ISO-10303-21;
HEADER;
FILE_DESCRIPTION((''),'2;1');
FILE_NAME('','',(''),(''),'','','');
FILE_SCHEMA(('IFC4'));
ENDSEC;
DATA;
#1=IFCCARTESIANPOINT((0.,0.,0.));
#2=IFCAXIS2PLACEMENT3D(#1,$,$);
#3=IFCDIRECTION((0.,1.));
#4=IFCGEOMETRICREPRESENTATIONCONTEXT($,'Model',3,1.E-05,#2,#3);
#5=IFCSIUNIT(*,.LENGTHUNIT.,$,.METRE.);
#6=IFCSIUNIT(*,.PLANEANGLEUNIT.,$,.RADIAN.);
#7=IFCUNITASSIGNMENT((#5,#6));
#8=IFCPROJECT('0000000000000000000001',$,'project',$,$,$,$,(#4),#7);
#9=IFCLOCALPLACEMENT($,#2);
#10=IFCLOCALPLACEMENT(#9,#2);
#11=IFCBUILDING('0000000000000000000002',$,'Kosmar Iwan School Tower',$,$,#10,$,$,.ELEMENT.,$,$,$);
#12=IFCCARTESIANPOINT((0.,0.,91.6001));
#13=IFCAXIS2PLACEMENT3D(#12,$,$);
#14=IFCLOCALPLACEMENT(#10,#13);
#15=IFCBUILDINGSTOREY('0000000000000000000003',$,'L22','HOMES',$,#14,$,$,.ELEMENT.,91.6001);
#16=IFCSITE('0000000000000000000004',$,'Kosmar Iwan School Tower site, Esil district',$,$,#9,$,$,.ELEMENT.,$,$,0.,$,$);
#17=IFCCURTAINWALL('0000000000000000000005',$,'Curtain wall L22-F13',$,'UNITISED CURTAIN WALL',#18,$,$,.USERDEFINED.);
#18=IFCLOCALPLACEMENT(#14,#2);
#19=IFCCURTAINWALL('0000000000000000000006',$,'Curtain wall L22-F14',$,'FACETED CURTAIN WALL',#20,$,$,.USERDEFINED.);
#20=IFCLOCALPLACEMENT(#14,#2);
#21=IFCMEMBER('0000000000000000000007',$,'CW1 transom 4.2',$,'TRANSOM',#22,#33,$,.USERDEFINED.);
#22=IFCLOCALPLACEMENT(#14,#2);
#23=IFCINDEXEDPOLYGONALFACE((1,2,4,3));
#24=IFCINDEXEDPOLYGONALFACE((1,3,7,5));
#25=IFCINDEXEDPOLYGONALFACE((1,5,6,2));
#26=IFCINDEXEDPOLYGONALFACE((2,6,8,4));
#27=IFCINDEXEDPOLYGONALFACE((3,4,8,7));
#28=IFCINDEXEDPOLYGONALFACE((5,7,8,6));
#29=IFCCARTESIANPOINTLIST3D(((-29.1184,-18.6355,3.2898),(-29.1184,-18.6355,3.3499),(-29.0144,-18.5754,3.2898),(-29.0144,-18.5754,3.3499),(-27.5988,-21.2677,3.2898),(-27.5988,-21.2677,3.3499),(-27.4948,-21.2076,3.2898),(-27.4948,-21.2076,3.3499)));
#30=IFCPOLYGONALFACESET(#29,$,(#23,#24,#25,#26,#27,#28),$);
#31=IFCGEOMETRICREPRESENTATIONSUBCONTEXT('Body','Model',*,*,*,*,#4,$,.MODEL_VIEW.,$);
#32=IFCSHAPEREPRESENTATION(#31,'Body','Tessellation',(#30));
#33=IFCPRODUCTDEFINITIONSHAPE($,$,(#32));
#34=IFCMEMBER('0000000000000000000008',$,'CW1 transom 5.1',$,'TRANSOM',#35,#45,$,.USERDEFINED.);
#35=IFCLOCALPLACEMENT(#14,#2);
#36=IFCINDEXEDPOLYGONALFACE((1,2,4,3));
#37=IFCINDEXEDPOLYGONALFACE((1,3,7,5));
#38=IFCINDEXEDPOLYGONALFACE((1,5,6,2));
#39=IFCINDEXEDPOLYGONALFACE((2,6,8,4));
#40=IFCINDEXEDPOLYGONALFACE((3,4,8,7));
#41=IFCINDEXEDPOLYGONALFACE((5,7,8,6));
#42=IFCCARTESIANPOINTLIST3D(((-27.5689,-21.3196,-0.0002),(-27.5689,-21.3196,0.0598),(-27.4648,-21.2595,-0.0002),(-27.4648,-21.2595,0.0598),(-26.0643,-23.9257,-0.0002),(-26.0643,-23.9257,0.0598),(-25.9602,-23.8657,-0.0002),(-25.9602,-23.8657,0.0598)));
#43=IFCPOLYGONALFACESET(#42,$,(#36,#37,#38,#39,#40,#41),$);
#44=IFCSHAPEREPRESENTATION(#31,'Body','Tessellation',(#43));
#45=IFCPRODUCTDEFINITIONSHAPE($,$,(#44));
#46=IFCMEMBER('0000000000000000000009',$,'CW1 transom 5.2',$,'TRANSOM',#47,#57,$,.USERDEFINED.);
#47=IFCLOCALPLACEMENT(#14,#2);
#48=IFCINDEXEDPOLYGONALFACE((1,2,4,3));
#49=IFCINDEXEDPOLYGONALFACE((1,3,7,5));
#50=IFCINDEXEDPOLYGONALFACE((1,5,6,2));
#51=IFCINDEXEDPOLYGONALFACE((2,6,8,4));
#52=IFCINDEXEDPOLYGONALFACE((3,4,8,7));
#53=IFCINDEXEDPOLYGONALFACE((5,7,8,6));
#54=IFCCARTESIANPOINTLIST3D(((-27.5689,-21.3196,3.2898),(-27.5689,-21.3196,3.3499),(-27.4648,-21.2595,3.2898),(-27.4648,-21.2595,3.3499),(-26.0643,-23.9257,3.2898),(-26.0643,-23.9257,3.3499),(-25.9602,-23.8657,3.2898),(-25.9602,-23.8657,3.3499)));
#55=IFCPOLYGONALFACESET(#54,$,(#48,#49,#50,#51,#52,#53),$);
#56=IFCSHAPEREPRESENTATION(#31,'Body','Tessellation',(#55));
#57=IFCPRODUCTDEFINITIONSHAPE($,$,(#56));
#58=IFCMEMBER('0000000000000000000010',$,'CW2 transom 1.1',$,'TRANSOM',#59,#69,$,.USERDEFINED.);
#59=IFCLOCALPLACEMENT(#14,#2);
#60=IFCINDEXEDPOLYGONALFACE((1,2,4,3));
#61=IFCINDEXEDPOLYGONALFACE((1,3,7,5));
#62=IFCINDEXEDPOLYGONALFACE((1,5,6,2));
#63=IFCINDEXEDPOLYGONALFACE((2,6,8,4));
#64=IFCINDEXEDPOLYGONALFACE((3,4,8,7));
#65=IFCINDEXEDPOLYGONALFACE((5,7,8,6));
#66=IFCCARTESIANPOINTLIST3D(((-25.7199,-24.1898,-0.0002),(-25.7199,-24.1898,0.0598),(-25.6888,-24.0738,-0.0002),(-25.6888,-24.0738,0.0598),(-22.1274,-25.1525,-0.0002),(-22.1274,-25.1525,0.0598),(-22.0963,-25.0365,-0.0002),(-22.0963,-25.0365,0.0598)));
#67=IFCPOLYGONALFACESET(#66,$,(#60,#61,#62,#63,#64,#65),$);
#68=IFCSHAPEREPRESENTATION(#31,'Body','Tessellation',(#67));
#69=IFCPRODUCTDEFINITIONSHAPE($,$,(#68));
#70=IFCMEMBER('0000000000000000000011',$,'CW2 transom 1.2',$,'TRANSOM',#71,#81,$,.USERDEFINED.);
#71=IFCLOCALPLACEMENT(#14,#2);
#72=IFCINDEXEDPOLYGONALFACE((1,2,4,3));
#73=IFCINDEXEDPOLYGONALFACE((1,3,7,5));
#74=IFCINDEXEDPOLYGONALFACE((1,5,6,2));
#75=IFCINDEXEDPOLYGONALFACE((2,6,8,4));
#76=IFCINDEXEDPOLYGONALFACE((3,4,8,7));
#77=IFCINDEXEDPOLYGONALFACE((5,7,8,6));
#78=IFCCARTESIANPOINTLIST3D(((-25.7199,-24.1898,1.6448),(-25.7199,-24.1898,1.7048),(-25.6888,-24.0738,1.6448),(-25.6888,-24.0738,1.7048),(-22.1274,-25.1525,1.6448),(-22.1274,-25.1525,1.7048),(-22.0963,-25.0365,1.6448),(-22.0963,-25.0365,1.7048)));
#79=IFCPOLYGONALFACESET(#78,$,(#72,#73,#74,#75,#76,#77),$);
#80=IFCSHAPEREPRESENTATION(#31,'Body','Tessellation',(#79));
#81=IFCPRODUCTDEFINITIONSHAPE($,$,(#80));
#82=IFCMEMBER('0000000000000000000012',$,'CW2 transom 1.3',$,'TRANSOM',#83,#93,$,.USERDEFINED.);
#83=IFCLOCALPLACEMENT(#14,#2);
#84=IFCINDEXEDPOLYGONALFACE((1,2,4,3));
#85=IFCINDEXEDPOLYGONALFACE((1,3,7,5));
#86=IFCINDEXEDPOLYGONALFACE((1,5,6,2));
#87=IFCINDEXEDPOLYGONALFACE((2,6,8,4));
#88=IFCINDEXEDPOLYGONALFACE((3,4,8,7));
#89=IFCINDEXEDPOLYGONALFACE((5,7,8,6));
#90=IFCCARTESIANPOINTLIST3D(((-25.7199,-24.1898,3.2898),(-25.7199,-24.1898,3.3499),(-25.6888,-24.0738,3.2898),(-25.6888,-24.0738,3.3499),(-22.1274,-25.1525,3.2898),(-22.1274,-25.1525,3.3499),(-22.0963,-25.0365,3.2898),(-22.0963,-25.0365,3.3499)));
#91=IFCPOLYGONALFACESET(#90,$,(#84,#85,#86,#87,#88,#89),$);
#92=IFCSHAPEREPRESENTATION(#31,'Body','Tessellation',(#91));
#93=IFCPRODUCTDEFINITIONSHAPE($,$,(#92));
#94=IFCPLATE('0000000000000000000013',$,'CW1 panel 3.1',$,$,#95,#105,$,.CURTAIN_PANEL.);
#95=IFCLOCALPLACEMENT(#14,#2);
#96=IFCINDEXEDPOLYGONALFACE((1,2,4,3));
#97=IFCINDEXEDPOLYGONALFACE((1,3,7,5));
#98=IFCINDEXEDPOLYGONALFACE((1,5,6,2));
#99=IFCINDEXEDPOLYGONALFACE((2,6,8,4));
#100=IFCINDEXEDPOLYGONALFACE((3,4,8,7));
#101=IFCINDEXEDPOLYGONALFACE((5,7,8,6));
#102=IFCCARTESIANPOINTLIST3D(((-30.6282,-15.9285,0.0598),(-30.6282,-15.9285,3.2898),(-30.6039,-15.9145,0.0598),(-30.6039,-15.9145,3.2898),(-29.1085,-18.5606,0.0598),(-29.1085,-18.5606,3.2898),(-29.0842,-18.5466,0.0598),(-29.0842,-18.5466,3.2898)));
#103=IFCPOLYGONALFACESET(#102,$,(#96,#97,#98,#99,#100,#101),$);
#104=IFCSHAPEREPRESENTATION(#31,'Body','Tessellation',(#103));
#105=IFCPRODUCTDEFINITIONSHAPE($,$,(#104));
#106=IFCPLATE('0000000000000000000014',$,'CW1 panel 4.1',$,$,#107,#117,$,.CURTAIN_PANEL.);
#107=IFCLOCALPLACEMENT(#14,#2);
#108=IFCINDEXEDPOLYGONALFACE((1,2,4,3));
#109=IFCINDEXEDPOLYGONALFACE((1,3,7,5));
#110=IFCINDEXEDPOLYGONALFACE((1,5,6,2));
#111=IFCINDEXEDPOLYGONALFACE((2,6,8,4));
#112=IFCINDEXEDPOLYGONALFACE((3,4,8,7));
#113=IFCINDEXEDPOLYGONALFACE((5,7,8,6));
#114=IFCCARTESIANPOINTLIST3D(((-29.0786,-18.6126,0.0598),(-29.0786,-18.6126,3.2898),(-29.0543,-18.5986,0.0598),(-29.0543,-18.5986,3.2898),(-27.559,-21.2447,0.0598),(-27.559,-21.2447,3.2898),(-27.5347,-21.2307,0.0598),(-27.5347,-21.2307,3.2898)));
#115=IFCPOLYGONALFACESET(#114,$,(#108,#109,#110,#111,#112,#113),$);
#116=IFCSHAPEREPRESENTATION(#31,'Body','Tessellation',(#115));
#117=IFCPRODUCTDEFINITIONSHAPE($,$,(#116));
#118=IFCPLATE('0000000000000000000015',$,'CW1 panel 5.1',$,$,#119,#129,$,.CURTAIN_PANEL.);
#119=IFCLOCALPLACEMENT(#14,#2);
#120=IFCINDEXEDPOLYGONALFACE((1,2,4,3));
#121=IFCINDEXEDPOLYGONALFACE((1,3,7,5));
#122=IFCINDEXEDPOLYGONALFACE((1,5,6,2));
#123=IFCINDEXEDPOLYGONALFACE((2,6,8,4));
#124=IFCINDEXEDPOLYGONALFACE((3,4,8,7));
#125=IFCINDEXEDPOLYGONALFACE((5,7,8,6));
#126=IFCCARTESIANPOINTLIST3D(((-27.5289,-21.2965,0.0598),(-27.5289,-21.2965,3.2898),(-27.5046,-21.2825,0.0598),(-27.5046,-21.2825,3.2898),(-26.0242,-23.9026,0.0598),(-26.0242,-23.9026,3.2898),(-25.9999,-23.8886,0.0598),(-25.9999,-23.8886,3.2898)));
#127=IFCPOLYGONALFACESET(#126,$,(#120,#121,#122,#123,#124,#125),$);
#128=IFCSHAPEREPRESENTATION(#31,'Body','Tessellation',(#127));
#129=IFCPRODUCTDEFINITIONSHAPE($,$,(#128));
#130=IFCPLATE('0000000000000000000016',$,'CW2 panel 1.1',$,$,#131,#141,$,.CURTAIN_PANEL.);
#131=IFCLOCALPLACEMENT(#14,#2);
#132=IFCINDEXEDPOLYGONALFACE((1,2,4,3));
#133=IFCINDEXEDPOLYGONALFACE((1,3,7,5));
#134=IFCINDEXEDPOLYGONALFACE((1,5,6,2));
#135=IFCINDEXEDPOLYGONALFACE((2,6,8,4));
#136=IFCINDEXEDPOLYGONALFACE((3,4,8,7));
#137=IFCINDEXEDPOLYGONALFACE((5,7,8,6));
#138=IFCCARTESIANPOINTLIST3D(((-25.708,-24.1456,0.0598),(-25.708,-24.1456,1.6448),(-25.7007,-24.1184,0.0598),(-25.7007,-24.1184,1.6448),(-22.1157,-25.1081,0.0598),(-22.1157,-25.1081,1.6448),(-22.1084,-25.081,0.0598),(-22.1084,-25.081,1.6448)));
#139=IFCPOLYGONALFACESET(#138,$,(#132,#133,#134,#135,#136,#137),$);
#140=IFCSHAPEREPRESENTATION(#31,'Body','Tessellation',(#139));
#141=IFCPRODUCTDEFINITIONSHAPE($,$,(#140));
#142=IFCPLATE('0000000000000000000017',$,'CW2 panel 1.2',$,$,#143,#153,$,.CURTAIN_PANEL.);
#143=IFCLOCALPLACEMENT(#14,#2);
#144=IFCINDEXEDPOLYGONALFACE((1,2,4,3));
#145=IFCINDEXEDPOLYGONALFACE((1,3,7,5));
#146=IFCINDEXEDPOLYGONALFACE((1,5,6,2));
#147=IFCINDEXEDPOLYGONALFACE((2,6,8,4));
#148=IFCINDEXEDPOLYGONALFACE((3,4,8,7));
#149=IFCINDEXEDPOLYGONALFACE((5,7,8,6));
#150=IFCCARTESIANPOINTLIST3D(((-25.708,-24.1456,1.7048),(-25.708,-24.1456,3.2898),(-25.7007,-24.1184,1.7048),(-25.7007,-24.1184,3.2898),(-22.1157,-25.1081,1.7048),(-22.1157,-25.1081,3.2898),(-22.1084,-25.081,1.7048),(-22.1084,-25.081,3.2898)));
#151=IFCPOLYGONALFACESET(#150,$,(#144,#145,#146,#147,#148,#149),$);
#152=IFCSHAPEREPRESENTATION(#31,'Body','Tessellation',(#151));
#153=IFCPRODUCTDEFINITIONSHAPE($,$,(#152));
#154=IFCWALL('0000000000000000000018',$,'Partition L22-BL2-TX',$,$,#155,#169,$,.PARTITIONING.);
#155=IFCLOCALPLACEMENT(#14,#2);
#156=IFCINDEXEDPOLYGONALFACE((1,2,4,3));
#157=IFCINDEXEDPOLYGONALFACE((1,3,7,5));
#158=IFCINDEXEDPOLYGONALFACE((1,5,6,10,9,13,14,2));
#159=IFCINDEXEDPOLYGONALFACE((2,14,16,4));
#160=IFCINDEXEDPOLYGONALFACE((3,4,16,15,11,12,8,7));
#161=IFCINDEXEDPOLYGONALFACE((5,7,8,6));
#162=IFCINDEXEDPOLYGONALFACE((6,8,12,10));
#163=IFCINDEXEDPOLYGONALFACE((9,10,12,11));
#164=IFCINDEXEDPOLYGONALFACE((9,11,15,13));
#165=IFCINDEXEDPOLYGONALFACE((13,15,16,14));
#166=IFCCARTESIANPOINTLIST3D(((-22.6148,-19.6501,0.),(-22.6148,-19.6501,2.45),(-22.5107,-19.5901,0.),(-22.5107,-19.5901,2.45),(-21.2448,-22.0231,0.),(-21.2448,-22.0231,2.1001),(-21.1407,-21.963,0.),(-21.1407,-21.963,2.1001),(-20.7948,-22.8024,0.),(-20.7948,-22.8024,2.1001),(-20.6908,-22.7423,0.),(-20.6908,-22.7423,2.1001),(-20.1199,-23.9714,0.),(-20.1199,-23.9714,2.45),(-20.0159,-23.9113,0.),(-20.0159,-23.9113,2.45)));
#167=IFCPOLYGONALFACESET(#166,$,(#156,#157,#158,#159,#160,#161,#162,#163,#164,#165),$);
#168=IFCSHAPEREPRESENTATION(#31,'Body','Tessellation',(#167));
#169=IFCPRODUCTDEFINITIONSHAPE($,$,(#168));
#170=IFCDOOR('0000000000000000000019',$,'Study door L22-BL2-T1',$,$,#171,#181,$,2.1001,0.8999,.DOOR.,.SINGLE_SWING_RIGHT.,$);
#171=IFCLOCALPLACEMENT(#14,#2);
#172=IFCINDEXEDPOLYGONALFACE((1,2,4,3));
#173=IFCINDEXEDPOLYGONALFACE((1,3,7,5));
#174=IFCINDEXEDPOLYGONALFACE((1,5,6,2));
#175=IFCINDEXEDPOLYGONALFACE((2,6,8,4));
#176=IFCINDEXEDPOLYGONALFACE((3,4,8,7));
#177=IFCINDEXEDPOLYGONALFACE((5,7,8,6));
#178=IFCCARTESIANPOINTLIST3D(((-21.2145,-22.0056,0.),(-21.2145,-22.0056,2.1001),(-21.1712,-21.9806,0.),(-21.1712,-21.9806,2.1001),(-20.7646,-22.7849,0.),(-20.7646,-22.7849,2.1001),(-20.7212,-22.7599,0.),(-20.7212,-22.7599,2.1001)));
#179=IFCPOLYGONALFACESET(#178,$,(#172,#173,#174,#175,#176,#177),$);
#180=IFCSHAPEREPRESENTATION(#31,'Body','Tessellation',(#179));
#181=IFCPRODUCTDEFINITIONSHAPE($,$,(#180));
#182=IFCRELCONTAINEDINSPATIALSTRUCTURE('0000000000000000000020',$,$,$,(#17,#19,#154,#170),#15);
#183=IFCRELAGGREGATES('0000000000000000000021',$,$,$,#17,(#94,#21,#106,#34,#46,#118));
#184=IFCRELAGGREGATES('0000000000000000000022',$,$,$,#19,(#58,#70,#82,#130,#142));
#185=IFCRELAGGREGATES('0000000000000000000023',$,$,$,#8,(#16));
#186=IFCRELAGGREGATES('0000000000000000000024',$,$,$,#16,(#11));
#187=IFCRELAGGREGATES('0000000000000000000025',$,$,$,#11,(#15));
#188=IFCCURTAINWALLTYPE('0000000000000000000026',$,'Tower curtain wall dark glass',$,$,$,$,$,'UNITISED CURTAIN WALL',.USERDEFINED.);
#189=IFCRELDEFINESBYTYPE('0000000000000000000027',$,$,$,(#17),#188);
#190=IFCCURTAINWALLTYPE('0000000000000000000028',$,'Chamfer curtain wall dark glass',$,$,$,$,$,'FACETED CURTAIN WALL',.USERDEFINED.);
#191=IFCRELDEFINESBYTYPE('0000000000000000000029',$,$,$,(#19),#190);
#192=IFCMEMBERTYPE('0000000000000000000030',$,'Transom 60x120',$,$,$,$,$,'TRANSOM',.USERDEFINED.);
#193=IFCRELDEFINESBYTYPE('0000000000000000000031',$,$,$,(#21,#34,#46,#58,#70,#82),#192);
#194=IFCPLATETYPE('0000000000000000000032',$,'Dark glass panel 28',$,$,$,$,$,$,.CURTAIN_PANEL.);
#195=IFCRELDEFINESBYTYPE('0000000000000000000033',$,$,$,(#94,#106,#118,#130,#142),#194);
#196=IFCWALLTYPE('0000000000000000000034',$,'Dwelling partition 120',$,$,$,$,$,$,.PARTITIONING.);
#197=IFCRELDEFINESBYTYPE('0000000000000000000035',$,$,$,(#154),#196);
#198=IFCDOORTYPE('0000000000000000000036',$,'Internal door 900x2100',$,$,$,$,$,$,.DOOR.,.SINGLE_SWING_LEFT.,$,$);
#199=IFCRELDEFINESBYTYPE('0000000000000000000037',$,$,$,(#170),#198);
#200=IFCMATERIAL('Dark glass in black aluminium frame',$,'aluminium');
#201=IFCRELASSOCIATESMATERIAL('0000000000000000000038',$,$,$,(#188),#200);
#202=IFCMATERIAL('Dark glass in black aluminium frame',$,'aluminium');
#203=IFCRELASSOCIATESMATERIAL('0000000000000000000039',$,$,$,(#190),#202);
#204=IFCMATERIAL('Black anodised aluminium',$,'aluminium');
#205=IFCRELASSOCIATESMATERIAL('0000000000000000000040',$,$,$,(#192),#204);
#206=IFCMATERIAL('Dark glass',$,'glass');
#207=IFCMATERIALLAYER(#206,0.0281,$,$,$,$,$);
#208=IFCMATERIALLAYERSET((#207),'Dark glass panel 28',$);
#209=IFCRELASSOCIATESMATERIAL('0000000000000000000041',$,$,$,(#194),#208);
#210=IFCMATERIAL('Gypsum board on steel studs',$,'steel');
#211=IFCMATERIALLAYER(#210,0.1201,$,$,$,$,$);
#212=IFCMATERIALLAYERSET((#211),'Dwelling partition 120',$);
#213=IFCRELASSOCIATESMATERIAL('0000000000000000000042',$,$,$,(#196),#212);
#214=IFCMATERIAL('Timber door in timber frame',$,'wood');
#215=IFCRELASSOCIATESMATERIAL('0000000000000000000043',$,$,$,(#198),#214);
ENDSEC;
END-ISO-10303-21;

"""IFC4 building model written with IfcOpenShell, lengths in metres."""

from ifc_helpers import new_model, si_unit, direction, frame, frame_2d, origin, origin_2d, place, context, subcontext, project, spatial, rectangle, extrude, material, layer, layer_set, material_profile, profile_set, type_object, element, fill, aggregate, save


model = new_model("IFC4")

# Units and contexts
model_context = context("Model", 3, precision=1e-05, world=origin(), true_north=direction((0.0, 1.0)))
body_context = subcontext(model_context, "Body", "Model", "MODEL_VIEW")
ifc_project = project(units=[si_unit("LENGTHUNIT", "METRE"), si_unit("PLANEANGLEUNIT", "RADIAN")], contexts=[model_context])

# Site, building, storey
site_placement = place(None, origin())
site = spatial("IfcSite", under=ifc_project, at=site_placement, Name="Kosmar Iwan School Tower site, Esil district", CompositionType="ELEMENT", RefElevation=0.0)
building_placement = place(site_placement, origin())
building = spatial("IfcBuilding", under=site, at=building_placement, Name="Kosmar Iwan School Tower", CompositionType="ELEMENT")
storey_placement = place(building_placement, frame((0.0, 0.0, 91.6001)))
storey = spatial("IfcBuildingStorey", under=building, at=storey_placement, Name="L22", Description="HOMES", CompositionType="ELEMENT", Elevation=91.6001)

# Curtain walls
ifc_material_1 = material(Name="Dark glass in black aluminium frame", Category="aluminium")
curtain_wall_type_1 = type_object("IfcCurtainWallType", Name="Tower curtain wall dark glass", ElementType="UNITISED CURTAIN WALL", PredefinedType="USERDEFINED", material=ifc_material_1)
curtain_wall_1_placement = place(storey_placement, origin())
curtain_wall_1 = element("IfcCurtainWall", 1, at=curtain_wall_1_placement, inside=storey, type_object=curtain_wall_type_1, Name="Curtain wall L22-F13", ObjectType="UNITISED CURTAIN WALL", PredefinedType="USERDEFINED")
ifc_material_2 = material(Name="Dark glass in black aluminium frame", Category="aluminium")
curtain_wall_type_2 = type_object("IfcCurtainWallType", Name="Chamfer curtain wall dark glass", ElementType="FACETED CURTAIN WALL", PredefinedType="USERDEFINED", material=ifc_material_2)
curtain_wall_2_placement = place(storey_placement, origin())
curtain_wall_2 = element("IfcCurtainWall", 2, at=curtain_wall_2_placement, inside=storey, type_object=curtain_wall_type_2, Name="Curtain wall L22-F14", ObjectType="FACETED CURTAIN WALL", PredefinedType="USERDEFINED")

# Members
ifc_material_3 = material(Name="Black anodised aluminium", Category="aluminium")
ifc_material_profile_1 = material_profile(ifc_material_3, rectangle(XDim=0.1201, YDim=0.0601, at=origin_2d()), Name="TRANSOM 60x120")
ifc_profile_set_1 = profile_set([ifc_material_profile_1], Name="Black anodised aluminium")
member_type_1 = type_object("IfcMemberType", Name="Transom 60x120", ElementType="TRANSOM", PredefinedType="USERDEFINED", material=ifc_profile_set_1)
member_1_placement = place(storey_placement, frame((-29.0664, -18.6055, 3.3198), z_axis=(0.499975, -0.86604, 0.0), x_axis=(0.86604, 0.499975, 0.0)))
member_1 = element("IfcMember", 3, at=member_1_placement, type_object=member_type_1, Name="CW1 transom 4.2", ObjectType="TRANSOM", PredefinedType="USERDEFINED", context=body_context, shape_type="SweptSolid", body=[
    extrude(rectangle(XDim=0.1201, YDim=0.0601, at=origin_2d()), origin(), (0.0, 0.0, 1.0), 3.0393),
])
member_2_placement = place(storey_placement, frame((-27.5168, -21.2896, 0.0298), z_axis=(0.499987, -0.866033, 0.0), x_axis=(0.866033, 0.499987, 0.0)))
member_2 = element("IfcMember", 4, at=member_2_placement, type_object=member_type_1, Name="CW1 transom 5.1", ObjectType="TRANSOM", PredefinedType="USERDEFINED", context=body_context, shape_type="SweptSolid", body=[
    extrude(rectangle(XDim=0.1201, YDim=0.0601, at=origin_2d()), origin(), (0.0, 0.0, 1.0), 3.0093),
])
member_3_placement = place(storey_placement, frame((-27.5168, -21.2896, 3.3198), z_axis=(0.499987, -0.866033, 0.0), x_axis=(0.866033, 0.499987, 0.0)))
member_3 = element("IfcMember", 5, at=member_3_placement, type_object=member_type_1, Name="CW1 transom 5.2", ObjectType="TRANSOM", PredefinedType="USERDEFINED", context=body_context, shape_type="SweptSolid", body=[
    extrude(rectangle(XDim=0.1201, YDim=0.0601, at=origin_2d()), origin(), (0.0, 0.0, 1.0), 3.0093),
])
member_4_placement = place(storey_placement, frame((-25.7043, -24.1318, 0.0298), z_axis=(0.965924, -0.258827, 0.0), x_axis=(0.258827, 0.965924, 0.0)))
member_4 = element("IfcMember", 6, at=member_4_placement, type_object=member_type_1, Name="CW2 transom 1.1", ObjectType="TRANSOM", PredefinedType="USERDEFINED", context=body_context, shape_type="SweptSolid", body=[
    extrude(rectangle(XDim=0.1201, YDim=0.0601, at=origin_2d()), origin(), (0.0, 0.0, 1.0), 3.7192),
])
member_5_placement = place(storey_placement, frame((-25.7043, -24.1318, 1.6748), z_axis=(0.965924, -0.258827, 0.0), x_axis=(0.258827, 0.965924, 0.0)))
member_5 = element("IfcMember", 7, at=member_5_placement, type_object=member_type_1, Name="CW2 transom 1.2", ObjectType="TRANSOM", PredefinedType="USERDEFINED", context=body_context, shape_type="SweptSolid", body=[
    extrude(rectangle(XDim=0.1201, YDim=0.0601, at=origin_2d()), origin(), (0.0, 0.0, 1.0), 3.7192),
])
member_6_placement = place(storey_placement, frame((-25.7043, -24.1318, 3.3198), z_axis=(0.965924, -0.258827, 0.0), x_axis=(0.258827, 0.965924, 0.0)))
member_6 = element("IfcMember", 8, at=member_6_placement, type_object=member_type_1, Name="CW2 transom 1.3", ObjectType="TRANSOM", PredefinedType="USERDEFINED", context=body_context, shape_type="SweptSolid", body=[
    extrude(rectangle(XDim=0.1201, YDim=0.0601, at=origin_2d()), origin(), (0.0, 0.0, 1.0), 3.7192),
])

# Plates
ifc_material_4 = material(Name="Dark glass", Category="glass")
ifc_layer_1 = layer(ifc_material_4, 0.0281)
ifc_layer_set_1 = layer_set([ifc_layer_1], Name="Dark glass panel 28")
plate_type = type_object("IfcPlateType", Name="Dark glass panel 28", PredefinedType="CURTAIN_PANEL", material=ifc_layer_set_1)
plate_1_placement = place(storey_placement, frame((-29.8562, -17.2375, 0.0598), z_axis=(0.0, 0.0, 1.0), x_axis=(0.5, -0.866025, 0.0)))
plate_1 = element("IfcPlate", 9, at=plate_1_placement, type_object=plate_type, Name="CW1 panel 3.1", PredefinedType="CURTAIN_PANEL", context=body_context, shape_type="SweptSolid", body=[
    extrude(rectangle(XDim=3.0393, YDim=0.0281, at=origin_2d()), origin(), (0.0, 0.0, 1.0), 3.23),
])
plate_2_placement = place(storey_placement, frame((-28.3066, -19.9216, 0.0598), z_axis=(0.0, 0.0, 1.0), x_axis=(0.5, -0.866025, 0.0)))
plate_2 = element("IfcPlate", 10, at=plate_2_placement, type_object=plate_type, Name="CW1 panel 4.1", PredefinedType="CURTAIN_PANEL", context=body_context, shape_type="SweptSolid", body=[
    extrude(rectangle(XDim=3.0393, YDim=0.0281, at=origin_2d()), origin(), (0.0, 0.0, 1.0), 3.23),
])
plate_3_placement = place(storey_placement, frame((-26.7644, -22.5925, 0.0598), z_axis=(0.0, 0.0, 1.0), x_axis=(0.5, -0.866025, 0.0)))
plate_3 = element("IfcPlate", 11, at=plate_3_placement, type_object=plate_type, Name="CW1 panel 5.1", PredefinedType="CURTAIN_PANEL", context=body_context, shape_type="SweptSolid", body=[
    extrude(rectangle(XDim=3.0093, YDim=0.0281, at=origin_2d()), origin(), (0.0, 0.0, 1.0), 3.23),
])
aggregate(curtain_wall_1, [plate_1, member_1, plate_2, member_2, member_3, plate_3])
plate_4_placement = place(storey_placement, frame((-23.9082, -24.6133, 0.0598), z_axis=(0.0, 0.0, 1.0), x_axis=(0.965926, -0.258819, 0.0)))
plate_4 = element("IfcPlate", 12, at=plate_4_placement, type_object=plate_type, Name="CW2 panel 1.1", PredefinedType="CURTAIN_PANEL", context=body_context, shape_type="SweptSolid", body=[
    extrude(rectangle(XDim=3.719, YDim=0.0281, at=origin_2d()), origin(), (0.0, 0.0, 1.0), 1.585),
])
plate_5_placement = place(storey_placement, frame((-23.9082, -24.6133, 1.7048), z_axis=(0.0, 0.0, 1.0), x_axis=(0.965926, -0.258819, 0.0)))
plate_5 = element("IfcPlate", 13, at=plate_5_placement, type_object=plate_type, Name="CW2 panel 1.2", PredefinedType="CURTAIN_PANEL", context=body_context, shape_type="SweptSolid", body=[
    extrude(rectangle(XDim=3.719, YDim=0.0281, at=origin_2d()), origin(), (0.0, 0.0, 1.0), 1.585),
])
aggregate(curtain_wall_2, [member_4, member_5, member_6, plate_4, plate_5])

# Wall, opening, door
ifc_material_5 = material(Name="Gypsum board on steel studs", Category="steel")
ifc_layer_2 = layer(ifc_material_5, 0.1201)
ifc_layer_set_2 = layer_set([ifc_layer_2], Name="Dwelling partition 120")
wall_type_1 = type_object("IfcWallType", Name="Dwelling partition 120", PredefinedType="PARTITIONING", material=ifc_layer_set_2)
wall_1_placement = place(storey_placement, frame((-22.5627, -19.6201, 0.0), z_axis=(0.0, 0.0, 1.0), x_axis=(0.499996, -0.866028, 0.0)))
wall_1 = element("IfcWall", 14, at=wall_1_placement, inside=storey, type_object=wall_type_1, Name="Partition L22-BL2-TX", PredefinedType="PARTITIONING", context=body_context, shape_type="SweptSolid", body=[
    extrude(rectangle(XDim=4.9897, YDim=0.1201, at=frame_2d((2.4949, 0.0))), origin(), (0.0, 0.0, 1.0), 2.45),
])
opening_1_placement = place(wall_1_placement, frame((2.74, 0.0, 0.0)))
opening_1 = element("IfcOpeningElement", 15, at=opening_1_placement, cuts=wall_1, PredefinedType="OPENING", context=body_context, shape_type="SweptSolid", body=[
    extrude(rectangle(XDim=0.8999, YDim=2.1001, at=frame_2d((0.45, 1.05))), frame((0.0, 0.072, 0.0), z_axis=(0.0, -1.0, 0.0), x_axis=(1.0, 0.0, 0.0)), (0.0, 0.0, 1.0), 0.144),
])
ifc_material_6 = material(Name="Timber door in timber frame", Category="wood")
door_type_1 = type_object("IfcDoorType", Name="Internal door 900x2100", OperationType="SINGLE_SWING_LEFT", PredefinedType="DOOR", material=ifc_material_6)
door_1_placement = place(opening_1_placement, origin())
door_1 = element("IfcDoor", 16, at=door_1_placement, inside=storey, type_object=door_type_1, Name="Study door L22-BL2-T1", OperationType="SINGLE_SWING_RIGHT", OverallHeight=2.1001, OverallWidth=0.8999, PredefinedType="DOOR", context=body_context, shape_type="SweptSolid", body=[
    extrude(rectangle(XDim=0.8999, YDim=2.1001, at=frame_2d((0.45, 1.05))), frame((0.0, 0.0249, 0.0), z_axis=(0.0, -1.0, 0.0), x_axis=(1.0, 0.0, 0.0)), (0.0, 0.0, 1.0), 0.05),
])
fill(opening_1, door_1)

save(model, "model.ifc")
